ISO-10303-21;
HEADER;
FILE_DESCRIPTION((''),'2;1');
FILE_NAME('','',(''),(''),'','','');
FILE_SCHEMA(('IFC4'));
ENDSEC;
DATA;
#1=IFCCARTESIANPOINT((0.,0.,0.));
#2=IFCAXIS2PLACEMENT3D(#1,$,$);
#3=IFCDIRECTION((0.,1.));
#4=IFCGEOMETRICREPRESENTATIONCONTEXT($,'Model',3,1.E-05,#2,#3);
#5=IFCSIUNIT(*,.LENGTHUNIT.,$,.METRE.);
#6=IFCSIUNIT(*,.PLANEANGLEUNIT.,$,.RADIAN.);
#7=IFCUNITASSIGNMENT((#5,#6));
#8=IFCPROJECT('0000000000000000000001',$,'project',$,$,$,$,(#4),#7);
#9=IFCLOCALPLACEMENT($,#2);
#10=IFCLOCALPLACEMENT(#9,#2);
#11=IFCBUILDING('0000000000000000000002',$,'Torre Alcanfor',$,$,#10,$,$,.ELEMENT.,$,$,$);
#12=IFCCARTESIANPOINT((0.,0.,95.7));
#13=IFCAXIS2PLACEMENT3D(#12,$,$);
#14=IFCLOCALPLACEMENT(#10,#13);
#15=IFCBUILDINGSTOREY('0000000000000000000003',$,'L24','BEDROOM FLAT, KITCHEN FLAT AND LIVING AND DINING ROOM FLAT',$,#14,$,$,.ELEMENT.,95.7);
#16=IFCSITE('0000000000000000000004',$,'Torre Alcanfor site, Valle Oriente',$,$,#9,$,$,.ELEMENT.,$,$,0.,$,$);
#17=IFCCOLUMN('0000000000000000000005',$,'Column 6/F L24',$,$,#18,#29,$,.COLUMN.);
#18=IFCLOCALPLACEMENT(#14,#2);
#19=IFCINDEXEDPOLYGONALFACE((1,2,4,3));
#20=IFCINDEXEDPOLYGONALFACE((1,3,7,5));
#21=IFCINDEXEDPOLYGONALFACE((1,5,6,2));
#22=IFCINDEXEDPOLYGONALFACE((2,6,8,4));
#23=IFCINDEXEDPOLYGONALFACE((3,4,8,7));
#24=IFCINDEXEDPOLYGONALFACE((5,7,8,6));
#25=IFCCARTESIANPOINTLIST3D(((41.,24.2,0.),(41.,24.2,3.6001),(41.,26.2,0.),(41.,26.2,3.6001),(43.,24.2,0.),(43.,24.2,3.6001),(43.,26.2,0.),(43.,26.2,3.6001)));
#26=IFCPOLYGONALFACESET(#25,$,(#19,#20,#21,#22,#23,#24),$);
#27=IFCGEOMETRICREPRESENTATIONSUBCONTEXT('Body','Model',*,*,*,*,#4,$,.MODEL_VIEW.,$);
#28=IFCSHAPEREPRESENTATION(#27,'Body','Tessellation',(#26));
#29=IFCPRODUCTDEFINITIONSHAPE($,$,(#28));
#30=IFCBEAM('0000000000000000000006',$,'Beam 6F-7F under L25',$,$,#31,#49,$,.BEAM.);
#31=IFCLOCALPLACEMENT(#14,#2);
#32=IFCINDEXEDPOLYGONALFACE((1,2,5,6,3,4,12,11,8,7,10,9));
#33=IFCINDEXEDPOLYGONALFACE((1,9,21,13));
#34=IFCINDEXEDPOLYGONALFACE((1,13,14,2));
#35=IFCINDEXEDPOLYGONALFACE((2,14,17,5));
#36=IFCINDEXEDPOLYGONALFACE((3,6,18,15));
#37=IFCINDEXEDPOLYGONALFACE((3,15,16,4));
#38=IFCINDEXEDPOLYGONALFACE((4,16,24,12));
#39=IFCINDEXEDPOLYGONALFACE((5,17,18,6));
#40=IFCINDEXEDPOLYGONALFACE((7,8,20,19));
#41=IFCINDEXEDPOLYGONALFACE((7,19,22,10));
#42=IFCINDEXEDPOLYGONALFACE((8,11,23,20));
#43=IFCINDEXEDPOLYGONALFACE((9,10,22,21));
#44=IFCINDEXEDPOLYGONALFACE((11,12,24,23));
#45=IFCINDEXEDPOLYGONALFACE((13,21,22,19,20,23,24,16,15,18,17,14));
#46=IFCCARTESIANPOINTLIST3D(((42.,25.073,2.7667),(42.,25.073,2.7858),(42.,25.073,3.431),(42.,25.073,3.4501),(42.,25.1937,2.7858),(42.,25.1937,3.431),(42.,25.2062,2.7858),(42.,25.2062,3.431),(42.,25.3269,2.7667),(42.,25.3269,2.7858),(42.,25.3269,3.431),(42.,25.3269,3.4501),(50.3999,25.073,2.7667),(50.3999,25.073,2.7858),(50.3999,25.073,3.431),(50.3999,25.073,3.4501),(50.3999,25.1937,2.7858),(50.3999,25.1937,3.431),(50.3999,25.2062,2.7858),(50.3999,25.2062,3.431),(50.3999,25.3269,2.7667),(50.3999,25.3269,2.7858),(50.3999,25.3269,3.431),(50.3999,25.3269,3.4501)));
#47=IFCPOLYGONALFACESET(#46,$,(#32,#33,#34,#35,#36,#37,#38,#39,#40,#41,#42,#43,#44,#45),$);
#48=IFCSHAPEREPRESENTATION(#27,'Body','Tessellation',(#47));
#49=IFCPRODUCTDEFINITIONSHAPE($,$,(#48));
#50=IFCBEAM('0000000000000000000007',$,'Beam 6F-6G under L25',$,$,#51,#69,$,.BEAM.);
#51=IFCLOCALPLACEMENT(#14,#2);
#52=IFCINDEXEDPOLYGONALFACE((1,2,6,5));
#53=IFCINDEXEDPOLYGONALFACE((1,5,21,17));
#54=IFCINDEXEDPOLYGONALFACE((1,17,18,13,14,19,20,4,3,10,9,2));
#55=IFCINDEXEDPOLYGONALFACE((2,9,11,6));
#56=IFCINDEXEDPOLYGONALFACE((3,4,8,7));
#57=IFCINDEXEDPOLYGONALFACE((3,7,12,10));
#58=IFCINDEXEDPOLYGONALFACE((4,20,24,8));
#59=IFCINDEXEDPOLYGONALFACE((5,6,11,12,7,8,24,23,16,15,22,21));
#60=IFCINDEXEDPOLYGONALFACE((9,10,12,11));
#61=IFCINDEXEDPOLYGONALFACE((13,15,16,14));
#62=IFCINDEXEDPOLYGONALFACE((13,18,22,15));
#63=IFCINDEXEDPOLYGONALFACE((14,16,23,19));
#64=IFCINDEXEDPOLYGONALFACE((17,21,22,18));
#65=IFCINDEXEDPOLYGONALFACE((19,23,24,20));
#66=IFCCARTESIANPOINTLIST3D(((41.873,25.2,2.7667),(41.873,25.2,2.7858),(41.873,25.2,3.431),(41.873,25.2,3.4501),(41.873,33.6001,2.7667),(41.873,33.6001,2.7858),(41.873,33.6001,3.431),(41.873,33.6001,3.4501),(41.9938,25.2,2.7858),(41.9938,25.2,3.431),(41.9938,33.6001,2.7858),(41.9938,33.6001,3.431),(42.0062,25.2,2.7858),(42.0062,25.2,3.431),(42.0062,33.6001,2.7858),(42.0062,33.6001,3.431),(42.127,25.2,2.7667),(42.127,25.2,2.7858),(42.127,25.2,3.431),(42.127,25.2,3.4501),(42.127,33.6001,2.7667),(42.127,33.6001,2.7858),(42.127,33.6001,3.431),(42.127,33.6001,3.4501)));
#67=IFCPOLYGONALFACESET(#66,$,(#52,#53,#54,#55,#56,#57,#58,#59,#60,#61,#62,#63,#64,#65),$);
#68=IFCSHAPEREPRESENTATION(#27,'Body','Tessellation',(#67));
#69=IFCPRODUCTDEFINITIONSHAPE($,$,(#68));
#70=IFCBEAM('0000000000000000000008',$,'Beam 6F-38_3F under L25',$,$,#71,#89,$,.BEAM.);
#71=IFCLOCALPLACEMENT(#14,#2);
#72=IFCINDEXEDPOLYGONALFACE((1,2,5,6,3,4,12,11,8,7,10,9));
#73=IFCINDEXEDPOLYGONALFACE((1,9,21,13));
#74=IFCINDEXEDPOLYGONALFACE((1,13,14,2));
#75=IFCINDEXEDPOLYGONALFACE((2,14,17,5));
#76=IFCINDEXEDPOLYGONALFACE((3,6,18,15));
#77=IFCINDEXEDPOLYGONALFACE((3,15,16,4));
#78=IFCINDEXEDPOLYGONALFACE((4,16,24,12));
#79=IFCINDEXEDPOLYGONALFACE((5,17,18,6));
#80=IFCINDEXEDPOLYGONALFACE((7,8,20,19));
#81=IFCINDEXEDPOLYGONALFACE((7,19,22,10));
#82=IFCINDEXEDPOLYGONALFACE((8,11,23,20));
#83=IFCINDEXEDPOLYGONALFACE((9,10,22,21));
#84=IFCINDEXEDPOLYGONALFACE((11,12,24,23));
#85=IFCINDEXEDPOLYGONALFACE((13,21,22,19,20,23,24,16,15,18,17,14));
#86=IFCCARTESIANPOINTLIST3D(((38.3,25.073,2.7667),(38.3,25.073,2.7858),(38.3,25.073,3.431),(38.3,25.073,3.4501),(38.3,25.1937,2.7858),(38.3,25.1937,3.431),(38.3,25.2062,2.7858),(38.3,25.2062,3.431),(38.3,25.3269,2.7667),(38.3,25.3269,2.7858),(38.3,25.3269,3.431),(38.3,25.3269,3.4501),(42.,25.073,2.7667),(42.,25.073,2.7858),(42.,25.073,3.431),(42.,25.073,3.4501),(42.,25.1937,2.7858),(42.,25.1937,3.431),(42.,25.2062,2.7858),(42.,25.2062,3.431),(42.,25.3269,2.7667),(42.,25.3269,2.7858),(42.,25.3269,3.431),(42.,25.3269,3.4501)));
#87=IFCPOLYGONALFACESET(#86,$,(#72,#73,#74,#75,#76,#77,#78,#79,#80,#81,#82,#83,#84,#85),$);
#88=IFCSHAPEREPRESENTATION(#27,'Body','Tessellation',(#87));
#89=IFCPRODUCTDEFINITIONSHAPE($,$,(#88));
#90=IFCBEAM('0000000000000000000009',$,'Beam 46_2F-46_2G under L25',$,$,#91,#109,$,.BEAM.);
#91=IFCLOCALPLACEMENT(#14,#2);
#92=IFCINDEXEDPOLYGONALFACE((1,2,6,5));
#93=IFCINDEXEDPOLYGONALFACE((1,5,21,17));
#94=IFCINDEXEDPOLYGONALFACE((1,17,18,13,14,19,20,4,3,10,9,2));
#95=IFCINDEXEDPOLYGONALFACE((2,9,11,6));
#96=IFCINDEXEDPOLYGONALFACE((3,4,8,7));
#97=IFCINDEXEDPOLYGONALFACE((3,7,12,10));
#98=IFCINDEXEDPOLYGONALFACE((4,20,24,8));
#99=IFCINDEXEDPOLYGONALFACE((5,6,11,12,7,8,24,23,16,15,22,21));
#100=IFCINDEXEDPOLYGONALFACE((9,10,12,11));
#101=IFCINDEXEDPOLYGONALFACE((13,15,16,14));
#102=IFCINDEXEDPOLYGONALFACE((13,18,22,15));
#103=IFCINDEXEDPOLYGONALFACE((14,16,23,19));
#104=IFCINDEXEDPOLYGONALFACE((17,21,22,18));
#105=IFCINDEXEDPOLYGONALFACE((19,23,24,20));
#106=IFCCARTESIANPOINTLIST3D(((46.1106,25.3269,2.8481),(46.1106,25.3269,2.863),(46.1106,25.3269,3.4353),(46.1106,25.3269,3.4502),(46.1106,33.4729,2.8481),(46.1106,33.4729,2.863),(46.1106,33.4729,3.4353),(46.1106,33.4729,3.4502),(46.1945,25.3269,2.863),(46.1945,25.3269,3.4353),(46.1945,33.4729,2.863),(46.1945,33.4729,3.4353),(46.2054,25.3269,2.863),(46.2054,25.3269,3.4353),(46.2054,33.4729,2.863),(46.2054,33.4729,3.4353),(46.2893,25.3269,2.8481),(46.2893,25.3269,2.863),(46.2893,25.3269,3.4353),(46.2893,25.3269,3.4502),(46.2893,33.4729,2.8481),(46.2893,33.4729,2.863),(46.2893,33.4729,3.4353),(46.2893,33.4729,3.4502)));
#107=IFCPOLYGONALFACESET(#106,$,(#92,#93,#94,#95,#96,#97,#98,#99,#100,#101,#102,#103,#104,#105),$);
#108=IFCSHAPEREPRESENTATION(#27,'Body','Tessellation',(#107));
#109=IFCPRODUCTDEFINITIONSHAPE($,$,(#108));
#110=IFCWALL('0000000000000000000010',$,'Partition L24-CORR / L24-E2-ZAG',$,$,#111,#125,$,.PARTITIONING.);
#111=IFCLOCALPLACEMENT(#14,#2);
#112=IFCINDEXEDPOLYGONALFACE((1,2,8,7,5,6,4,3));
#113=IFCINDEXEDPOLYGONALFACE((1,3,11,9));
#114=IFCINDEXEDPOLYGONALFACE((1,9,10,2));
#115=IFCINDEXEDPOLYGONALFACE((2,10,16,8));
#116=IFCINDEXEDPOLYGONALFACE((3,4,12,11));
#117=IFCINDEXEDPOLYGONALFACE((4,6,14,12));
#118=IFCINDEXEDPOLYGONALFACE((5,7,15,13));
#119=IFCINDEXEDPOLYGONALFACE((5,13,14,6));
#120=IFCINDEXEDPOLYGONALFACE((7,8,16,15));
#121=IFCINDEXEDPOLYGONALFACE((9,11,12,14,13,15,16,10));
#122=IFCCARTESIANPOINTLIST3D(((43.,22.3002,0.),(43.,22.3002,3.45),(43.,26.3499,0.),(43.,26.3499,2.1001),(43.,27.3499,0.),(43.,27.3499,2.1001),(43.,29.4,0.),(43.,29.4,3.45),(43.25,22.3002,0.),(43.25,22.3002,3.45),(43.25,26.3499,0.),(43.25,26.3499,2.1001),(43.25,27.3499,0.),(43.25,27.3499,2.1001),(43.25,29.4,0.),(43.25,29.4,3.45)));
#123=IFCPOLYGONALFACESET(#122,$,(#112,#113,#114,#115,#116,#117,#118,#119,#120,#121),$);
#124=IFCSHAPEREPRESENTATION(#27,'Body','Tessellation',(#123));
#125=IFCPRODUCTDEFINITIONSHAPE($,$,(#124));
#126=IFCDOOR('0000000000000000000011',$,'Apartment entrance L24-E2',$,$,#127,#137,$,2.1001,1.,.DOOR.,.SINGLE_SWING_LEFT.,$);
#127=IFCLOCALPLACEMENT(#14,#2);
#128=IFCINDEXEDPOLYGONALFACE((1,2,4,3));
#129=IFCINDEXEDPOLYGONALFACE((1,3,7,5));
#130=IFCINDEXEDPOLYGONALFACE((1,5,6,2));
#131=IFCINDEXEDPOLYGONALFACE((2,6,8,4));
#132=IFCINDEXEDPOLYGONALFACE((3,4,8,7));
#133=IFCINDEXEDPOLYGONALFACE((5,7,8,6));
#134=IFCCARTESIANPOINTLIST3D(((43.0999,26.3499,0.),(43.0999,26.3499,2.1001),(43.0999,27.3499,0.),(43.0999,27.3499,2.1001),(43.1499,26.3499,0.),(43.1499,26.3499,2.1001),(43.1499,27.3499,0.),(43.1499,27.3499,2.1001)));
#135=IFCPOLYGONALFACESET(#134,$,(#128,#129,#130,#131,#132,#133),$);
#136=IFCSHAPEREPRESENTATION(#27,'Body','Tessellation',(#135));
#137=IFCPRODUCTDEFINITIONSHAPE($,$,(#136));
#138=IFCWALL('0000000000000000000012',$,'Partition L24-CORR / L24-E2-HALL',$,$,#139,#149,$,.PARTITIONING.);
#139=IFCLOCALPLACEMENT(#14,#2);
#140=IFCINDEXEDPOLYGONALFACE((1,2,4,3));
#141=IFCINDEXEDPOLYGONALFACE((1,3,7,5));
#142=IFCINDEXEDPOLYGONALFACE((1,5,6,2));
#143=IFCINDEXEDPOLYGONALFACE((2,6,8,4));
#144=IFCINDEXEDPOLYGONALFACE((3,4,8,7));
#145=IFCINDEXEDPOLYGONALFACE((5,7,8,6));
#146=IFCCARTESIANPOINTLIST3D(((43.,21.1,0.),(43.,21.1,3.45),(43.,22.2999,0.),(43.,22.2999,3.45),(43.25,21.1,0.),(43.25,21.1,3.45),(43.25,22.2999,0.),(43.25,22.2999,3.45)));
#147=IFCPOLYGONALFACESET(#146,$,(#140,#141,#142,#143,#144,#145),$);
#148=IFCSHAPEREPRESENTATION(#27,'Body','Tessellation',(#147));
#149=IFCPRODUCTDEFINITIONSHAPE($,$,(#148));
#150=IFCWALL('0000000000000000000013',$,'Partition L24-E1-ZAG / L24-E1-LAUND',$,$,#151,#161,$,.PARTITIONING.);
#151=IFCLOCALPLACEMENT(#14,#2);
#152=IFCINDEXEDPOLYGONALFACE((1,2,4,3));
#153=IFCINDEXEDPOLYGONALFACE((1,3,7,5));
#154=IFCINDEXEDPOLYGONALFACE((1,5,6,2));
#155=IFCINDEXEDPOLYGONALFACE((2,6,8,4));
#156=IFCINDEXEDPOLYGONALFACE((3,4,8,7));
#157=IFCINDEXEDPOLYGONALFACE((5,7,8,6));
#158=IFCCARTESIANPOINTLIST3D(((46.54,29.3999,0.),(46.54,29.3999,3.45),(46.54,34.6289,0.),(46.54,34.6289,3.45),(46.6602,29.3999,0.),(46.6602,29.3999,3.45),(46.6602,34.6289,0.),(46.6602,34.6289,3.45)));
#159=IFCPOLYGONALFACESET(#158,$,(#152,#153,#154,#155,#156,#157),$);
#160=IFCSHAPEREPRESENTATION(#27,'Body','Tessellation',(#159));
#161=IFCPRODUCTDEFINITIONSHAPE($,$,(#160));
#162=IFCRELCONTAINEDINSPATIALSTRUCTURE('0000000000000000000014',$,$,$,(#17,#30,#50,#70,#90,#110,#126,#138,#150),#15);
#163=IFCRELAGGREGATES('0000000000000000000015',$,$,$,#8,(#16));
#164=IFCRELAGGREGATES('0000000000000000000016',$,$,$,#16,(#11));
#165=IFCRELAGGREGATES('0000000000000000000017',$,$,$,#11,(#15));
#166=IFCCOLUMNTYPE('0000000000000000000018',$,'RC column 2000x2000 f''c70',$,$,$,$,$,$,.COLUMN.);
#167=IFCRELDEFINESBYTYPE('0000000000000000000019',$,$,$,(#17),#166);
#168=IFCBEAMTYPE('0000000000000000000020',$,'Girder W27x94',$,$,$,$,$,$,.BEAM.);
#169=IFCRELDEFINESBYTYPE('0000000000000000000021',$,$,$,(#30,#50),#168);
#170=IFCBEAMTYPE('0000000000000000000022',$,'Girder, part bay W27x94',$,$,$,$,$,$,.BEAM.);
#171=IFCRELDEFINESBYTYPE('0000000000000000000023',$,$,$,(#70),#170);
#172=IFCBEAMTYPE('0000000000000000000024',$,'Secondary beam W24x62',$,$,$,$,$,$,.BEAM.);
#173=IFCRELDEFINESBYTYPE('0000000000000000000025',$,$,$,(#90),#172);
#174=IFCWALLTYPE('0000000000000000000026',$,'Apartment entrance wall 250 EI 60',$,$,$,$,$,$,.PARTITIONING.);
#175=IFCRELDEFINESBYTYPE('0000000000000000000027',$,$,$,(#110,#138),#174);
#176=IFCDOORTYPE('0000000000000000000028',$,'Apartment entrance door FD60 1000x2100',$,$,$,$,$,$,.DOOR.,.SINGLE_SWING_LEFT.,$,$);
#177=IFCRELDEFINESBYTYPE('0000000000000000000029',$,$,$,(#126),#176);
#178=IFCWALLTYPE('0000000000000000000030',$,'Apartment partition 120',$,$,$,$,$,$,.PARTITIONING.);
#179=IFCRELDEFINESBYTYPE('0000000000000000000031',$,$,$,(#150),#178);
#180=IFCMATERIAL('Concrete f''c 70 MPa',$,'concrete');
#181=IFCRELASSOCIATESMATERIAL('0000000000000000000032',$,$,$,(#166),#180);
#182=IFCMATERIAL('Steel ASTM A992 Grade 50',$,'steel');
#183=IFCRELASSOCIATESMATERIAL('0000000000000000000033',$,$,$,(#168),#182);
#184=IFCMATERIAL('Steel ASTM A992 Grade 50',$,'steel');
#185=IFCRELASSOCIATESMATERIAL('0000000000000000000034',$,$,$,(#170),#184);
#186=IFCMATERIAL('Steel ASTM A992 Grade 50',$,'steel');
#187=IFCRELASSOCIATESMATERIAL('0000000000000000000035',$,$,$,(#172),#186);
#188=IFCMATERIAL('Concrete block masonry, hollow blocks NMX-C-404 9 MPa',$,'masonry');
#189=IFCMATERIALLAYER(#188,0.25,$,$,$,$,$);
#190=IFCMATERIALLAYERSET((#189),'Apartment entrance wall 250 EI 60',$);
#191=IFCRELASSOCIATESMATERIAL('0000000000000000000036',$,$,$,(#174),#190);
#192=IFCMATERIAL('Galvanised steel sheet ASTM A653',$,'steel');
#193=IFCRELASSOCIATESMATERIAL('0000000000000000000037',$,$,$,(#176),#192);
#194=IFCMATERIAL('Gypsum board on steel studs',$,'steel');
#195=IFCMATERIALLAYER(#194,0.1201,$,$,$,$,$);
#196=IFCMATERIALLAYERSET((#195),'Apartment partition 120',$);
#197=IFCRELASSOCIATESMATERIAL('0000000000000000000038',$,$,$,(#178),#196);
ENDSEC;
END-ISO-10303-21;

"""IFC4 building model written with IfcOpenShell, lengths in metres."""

from ifc_helpers import new_model, si_unit, direction, frame, frame_2d, origin, origin_2d, place, context, subcontext, project, spatial, rectangle, i_section, extrude, material, layer, layer_set, material_profile, profile_set, type_object, element, fill, save


model = new_model("IFC4")

# Units and contexts
model_context = context("Model", 3, precision=1e-05, world=origin(), true_north=direction((0.0, 1.0)))
body_context = subcontext(model_context, "Body", "Model", "MODEL_VIEW")
ifc_project = project(units=[si_unit("LENGTHUNIT", "METRE"), si_unit("PLANEANGLEUNIT", "RADIAN")], contexts=[model_context])

# Site, building, storey
site_placement = place(None, origin())
site = spatial("IfcSite", under=ifc_project, at=site_placement, Name="Torre Alcanfor site, Valle Oriente", CompositionType="ELEMENT", RefElevation=0.0)
building_placement = place(site_placement, origin())
building = spatial("IfcBuilding", under=site, at=building_placement, Name="Torre Alcanfor", CompositionType="ELEMENT")
storey_placement = place(building_placement, frame((0.0, 0.0, 95.7)))
storey = spatial("IfcBuildingStorey", under=building, at=storey_placement, Name="L24", Description="BEDROOM FLAT, KITCHEN FLAT AND LIVING AND DINING ROOM FLAT", CompositionType="ELEMENT", Elevation=95.7)

# Column
ifc_material_1 = material(Name="Concrete f'c 70 MPa", Category="concrete")
ifc_material_profile_1 = material_profile(ifc_material_1, rectangle(XDim=2.0, YDim=2.0, at=origin_2d()), Name="2000x2000")
ifc_profile_set_1 = profile_set([ifc_material_profile_1], Name="Concrete f'c 70 MPa")
column_type = type_object("IfcColumnType", Name="RC column 2000x2000 f'c70", PredefinedType="COLUMN", material=ifc_profile_set_1)
column_placement = place(storey_placement, frame((42.0, 25.2, 0.0), z_axis=(0.0, 0.0, 1.0), x_axis=(1.0, 0.0, 0.0)))
element("IfcColumn", 1, at=column_placement, inside=storey, type_object=column_type, Name="Column 6/F L24", PredefinedType="COLUMN", context=body_context, shape_type="SweptSolid", body=[
    extrude(rectangle(XDim=2.0, YDim=2.0, at=origin_2d()), origin(), (0.0, 0.0, 1.0), 3.6001),
])

# Beams
ifc_material_2 = material(Name="Steel ASTM A992 Grade 50", Category="steel")
ifc_material_profile_2 = material_profile(ifc_material_2, i_section(OverallWidth=0.2539, OverallDepth=0.6833, WebThickness=0.0125, FlangeThickness=0.019, at=origin_2d()), Name="W27x94")
ifc_profile_set_2 = profile_set([ifc_material_profile_2], Name="Steel ASTM A992 Grade 50")
beam_type_1 = type_object("IfcBeamType", Name="Girder W27x94", PredefinedType="BEAM", material=ifc_profile_set_2)
beam_1_placement = place(storey_placement, frame((42.0, 25.2, 3.1084), z_axis=(1.0, 0.0, 0.0), x_axis=(0.0, 1.0, 0.0)))
element("IfcBeam", 2, at=beam_1_placement, inside=storey, type_object=beam_type_1, Name="Beam 6F-7F under L25", PredefinedType="BEAM", context=body_context, shape_type="SweptSolid", body=[
    extrude(i_section(OverallWidth=0.2539, OverallDepth=0.6833, WebThickness=0.0125, FlangeThickness=0.019, at=origin_2d()), origin(), (0.0, 0.0, 1.0), 8.3999),
])
beam_2_placement = place(storey_placement, frame((42.0, 25.2, 3.1084), z_axis=(0.0, 1.0, 0.0), x_axis=(-1.0, 0.0, 0.0)))
element("IfcBeam", 3, at=beam_2_placement, inside=storey, type_object=beam_type_1, Name="Beam 6F-6G under L25", PredefinedType="BEAM", context=body_context, shape_type="SweptSolid", body=[
    extrude(i_section(OverallWidth=0.2539, OverallDepth=0.6833, WebThickness=0.0125, FlangeThickness=0.019, at=origin_2d()), origin(), (0.0, 0.0, 1.0), 8.4001),
])
ifc_material_3 = material(Name="Steel ASTM A992 Grade 50", Category="steel")
ifc_material_profile_3 = material_profile(ifc_material_3, i_section(OverallWidth=0.2539, OverallDepth=0.6833, WebThickness=0.0125, FlangeThickness=0.019, at=origin_2d()), Name="W27x94")
ifc_profile_set_3 = profile_set([ifc_material_profile_3], Name="Steel ASTM A992 Grade 50")
beam_type_2 = type_object("IfcBeamType", Name="Girder, part bay W27x94", PredefinedType="BEAM", material=ifc_profile_set_3)
beam_3_placement = place(storey_placement, frame((42.0, 25.2, 3.1084), z_axis=(-1.0, 0.0, 0.0), x_axis=(0.0, -1.0, 0.0)))
element("IfcBeam", 4, at=beam_3_placement, inside=storey, type_object=beam_type_2, Name="Beam 6F-38_3F under L25", PredefinedType="BEAM", context=body_context, shape_type="SweptSolid", body=[
    extrude(i_section(OverallWidth=0.2539, OverallDepth=0.6833, WebThickness=0.0125, FlangeThickness=0.019, at=origin_2d()), origin(), (0.0, 0.0, 1.0), 3.7),
])
ifc_material_4 = material(Name="Steel ASTM A992 Grade 50", Category="steel")
ifc_material_profile_4 = material_profile(ifc_material_4, i_section(OverallWidth=0.1787, OverallDepth=0.6021, WebThickness=0.011, FlangeThickness=0.0149, at=origin_2d()), Name="W24x62")
ifc_profile_set_4 = profile_set([ifc_material_profile_4], Name="Steel ASTM A992 Grade 50")
beam_type_3 = type_object("IfcBeamType", Name="Secondary beam W24x62", PredefinedType="BEAM", material=ifc_profile_set_4)
beam_4_placement = place(storey_placement, frame((46.2, 25.3269, 3.1492), z_axis=(0.0, 1.0, 0.0), x_axis=(-1.0, 0.0, 0.0)))
element("IfcBeam", 5, at=beam_4_placement, inside=storey, type_object=beam_type_3, Name="Beam 46_2F-46_2G under L25", PredefinedType="BEAM", context=body_context, shape_type="SweptSolid", body=[
    extrude(i_section(OverallWidth=0.1787, OverallDepth=0.6021, WebThickness=0.011, FlangeThickness=0.0149, at=origin_2d()), origin(), (0.0, 0.0, 1.0), 8.146),
])

# Wall, opening, door
ifc_material_5 = material(Name="Concrete block masonry, hollow blocks NMX-C-404 9 MPa", Category="masonry")
ifc_layer_1 = layer(ifc_material_5, 0.25)
ifc_layer_set_1 = layer_set([ifc_layer_1], Name="Apartment entrance wall 250 EI 60")
wall_type_1 = type_object("IfcWallType", Name="Apartment entrance wall 250 EI 60", PredefinedType="PARTITIONING", material=ifc_layer_set_1)
wall_1_placement = place(storey_placement, frame((43.125, 29.3999, 0.0), z_axis=(0.0, 0.0, 1.0), x_axis=(0.0, -1.0, 0.0)))
wall_1 = element("IfcWall", 6, at=wall_1_placement, inside=storey, type_object=wall_type_1, Name="Partition L24-CORR / L24-E2-ZAG", PredefinedType="PARTITIONING", context=body_context, shape_type="SweptSolid", body=[
    extrude(rectangle(XDim=7.0999, YDim=0.25, at=frame_2d((3.5498, 0.0))), origin(), (0.0, 0.0, 1.0), 3.45),
])
opening_1_placement = place(wall_1_placement, frame((2.05, 0.0, 0.0)))
opening_1 = element("IfcOpeningElement", 7, at=opening_1_placement, cuts=wall_1, PredefinedType="OPENING", context=body_context, shape_type="SweptSolid", body=[
    extrude(rectangle(XDim=1.0, YDim=2.1001, at=frame_2d((0.5, 1.05))), frame((0.0, 0.135, 0.0), z_axis=(0.0, -1.0, 0.0), x_axis=(1.0, 0.0, 0.0)), (0.0, 0.0, 1.0), 0.27),
])
ifc_material_6 = material(Name="Galvanised steel sheet ASTM A653", Category="steel")
door_type_1 = type_object("IfcDoorType", Name="Apartment entrance door FD60 1000x2100", OperationType="SINGLE_SWING_LEFT", PredefinedType="DOOR", material=ifc_material_6)
door_1_placement = place(opening_1_placement, origin())
door_1 = element("IfcDoor", 8, at=door_1_placement, inside=storey, type_object=door_type_1, Name="Apartment entrance L24-E2", OperationType="SINGLE_SWING_LEFT", OverallHeight=2.1001, OverallWidth=1.0, PredefinedType="DOOR", context=body_context, shape_type="SweptSolid", body=[
    extrude(rectangle(XDim=1.0, YDim=2.1001, at=frame_2d((0.5, 1.05))), frame((0.0, 0.0249, 0.0), z_axis=(0.0, -1.0, 0.0), x_axis=(1.0, 0.0, 0.0)), (0.0, 0.0, 1.0), 0.05),
])
fill(opening_1, door_1)

# Walls
wall_2_placement = place(storey_placement, frame((43.125, 22.3, 0.0), z_axis=(0.0, 0.0, 1.0), x_axis=(0.0, -1.0, 0.0)))
element("IfcWall", 9, at=wall_2_placement, inside=storey, type_object=wall_type_1, Name="Partition L24-CORR / L24-E2-HALL", PredefinedType="PARTITIONING", context=body_context, shape_type="SweptSolid", body=[
    extrude(rectangle(XDim=1.2, YDim=0.25, at=frame_2d((0.6001, 0.0))), origin(), (0.0, 0.0, 1.0), 3.45),
])
ifc_material_7 = material(Name="Gypsum board on steel studs", Category="steel")
ifc_layer_2 = layer(ifc_material_7, 0.1201)
ifc_layer_set_2 = layer_set([ifc_layer_2], Name="Apartment partition 120")
wall_type_2 = type_object("IfcWallType", Name="Apartment partition 120", PredefinedType="PARTITIONING", material=ifc_layer_set_2)
wall_3_placement = place(storey_placement, frame((46.6001, 29.3999, 0.0), z_axis=(0.0, 0.0, 1.0), x_axis=(0.0, 1.0, 0.0)))
element("IfcWall", 10, at=wall_3_placement, inside=storey, type_object=wall_type_2, Name="Partition L24-E1-ZAG / L24-E1-LAUND", PredefinedType="PARTITIONING", context=body_context, shape_type="SweptSolid", body=[
    extrude(rectangle(XDim=5.229, YDim=0.1201, at=frame_2d((2.6145, 0.0))), origin(), (0.0, 0.0, 1.0), 3.45),
])

save(model, "model.ifc")
